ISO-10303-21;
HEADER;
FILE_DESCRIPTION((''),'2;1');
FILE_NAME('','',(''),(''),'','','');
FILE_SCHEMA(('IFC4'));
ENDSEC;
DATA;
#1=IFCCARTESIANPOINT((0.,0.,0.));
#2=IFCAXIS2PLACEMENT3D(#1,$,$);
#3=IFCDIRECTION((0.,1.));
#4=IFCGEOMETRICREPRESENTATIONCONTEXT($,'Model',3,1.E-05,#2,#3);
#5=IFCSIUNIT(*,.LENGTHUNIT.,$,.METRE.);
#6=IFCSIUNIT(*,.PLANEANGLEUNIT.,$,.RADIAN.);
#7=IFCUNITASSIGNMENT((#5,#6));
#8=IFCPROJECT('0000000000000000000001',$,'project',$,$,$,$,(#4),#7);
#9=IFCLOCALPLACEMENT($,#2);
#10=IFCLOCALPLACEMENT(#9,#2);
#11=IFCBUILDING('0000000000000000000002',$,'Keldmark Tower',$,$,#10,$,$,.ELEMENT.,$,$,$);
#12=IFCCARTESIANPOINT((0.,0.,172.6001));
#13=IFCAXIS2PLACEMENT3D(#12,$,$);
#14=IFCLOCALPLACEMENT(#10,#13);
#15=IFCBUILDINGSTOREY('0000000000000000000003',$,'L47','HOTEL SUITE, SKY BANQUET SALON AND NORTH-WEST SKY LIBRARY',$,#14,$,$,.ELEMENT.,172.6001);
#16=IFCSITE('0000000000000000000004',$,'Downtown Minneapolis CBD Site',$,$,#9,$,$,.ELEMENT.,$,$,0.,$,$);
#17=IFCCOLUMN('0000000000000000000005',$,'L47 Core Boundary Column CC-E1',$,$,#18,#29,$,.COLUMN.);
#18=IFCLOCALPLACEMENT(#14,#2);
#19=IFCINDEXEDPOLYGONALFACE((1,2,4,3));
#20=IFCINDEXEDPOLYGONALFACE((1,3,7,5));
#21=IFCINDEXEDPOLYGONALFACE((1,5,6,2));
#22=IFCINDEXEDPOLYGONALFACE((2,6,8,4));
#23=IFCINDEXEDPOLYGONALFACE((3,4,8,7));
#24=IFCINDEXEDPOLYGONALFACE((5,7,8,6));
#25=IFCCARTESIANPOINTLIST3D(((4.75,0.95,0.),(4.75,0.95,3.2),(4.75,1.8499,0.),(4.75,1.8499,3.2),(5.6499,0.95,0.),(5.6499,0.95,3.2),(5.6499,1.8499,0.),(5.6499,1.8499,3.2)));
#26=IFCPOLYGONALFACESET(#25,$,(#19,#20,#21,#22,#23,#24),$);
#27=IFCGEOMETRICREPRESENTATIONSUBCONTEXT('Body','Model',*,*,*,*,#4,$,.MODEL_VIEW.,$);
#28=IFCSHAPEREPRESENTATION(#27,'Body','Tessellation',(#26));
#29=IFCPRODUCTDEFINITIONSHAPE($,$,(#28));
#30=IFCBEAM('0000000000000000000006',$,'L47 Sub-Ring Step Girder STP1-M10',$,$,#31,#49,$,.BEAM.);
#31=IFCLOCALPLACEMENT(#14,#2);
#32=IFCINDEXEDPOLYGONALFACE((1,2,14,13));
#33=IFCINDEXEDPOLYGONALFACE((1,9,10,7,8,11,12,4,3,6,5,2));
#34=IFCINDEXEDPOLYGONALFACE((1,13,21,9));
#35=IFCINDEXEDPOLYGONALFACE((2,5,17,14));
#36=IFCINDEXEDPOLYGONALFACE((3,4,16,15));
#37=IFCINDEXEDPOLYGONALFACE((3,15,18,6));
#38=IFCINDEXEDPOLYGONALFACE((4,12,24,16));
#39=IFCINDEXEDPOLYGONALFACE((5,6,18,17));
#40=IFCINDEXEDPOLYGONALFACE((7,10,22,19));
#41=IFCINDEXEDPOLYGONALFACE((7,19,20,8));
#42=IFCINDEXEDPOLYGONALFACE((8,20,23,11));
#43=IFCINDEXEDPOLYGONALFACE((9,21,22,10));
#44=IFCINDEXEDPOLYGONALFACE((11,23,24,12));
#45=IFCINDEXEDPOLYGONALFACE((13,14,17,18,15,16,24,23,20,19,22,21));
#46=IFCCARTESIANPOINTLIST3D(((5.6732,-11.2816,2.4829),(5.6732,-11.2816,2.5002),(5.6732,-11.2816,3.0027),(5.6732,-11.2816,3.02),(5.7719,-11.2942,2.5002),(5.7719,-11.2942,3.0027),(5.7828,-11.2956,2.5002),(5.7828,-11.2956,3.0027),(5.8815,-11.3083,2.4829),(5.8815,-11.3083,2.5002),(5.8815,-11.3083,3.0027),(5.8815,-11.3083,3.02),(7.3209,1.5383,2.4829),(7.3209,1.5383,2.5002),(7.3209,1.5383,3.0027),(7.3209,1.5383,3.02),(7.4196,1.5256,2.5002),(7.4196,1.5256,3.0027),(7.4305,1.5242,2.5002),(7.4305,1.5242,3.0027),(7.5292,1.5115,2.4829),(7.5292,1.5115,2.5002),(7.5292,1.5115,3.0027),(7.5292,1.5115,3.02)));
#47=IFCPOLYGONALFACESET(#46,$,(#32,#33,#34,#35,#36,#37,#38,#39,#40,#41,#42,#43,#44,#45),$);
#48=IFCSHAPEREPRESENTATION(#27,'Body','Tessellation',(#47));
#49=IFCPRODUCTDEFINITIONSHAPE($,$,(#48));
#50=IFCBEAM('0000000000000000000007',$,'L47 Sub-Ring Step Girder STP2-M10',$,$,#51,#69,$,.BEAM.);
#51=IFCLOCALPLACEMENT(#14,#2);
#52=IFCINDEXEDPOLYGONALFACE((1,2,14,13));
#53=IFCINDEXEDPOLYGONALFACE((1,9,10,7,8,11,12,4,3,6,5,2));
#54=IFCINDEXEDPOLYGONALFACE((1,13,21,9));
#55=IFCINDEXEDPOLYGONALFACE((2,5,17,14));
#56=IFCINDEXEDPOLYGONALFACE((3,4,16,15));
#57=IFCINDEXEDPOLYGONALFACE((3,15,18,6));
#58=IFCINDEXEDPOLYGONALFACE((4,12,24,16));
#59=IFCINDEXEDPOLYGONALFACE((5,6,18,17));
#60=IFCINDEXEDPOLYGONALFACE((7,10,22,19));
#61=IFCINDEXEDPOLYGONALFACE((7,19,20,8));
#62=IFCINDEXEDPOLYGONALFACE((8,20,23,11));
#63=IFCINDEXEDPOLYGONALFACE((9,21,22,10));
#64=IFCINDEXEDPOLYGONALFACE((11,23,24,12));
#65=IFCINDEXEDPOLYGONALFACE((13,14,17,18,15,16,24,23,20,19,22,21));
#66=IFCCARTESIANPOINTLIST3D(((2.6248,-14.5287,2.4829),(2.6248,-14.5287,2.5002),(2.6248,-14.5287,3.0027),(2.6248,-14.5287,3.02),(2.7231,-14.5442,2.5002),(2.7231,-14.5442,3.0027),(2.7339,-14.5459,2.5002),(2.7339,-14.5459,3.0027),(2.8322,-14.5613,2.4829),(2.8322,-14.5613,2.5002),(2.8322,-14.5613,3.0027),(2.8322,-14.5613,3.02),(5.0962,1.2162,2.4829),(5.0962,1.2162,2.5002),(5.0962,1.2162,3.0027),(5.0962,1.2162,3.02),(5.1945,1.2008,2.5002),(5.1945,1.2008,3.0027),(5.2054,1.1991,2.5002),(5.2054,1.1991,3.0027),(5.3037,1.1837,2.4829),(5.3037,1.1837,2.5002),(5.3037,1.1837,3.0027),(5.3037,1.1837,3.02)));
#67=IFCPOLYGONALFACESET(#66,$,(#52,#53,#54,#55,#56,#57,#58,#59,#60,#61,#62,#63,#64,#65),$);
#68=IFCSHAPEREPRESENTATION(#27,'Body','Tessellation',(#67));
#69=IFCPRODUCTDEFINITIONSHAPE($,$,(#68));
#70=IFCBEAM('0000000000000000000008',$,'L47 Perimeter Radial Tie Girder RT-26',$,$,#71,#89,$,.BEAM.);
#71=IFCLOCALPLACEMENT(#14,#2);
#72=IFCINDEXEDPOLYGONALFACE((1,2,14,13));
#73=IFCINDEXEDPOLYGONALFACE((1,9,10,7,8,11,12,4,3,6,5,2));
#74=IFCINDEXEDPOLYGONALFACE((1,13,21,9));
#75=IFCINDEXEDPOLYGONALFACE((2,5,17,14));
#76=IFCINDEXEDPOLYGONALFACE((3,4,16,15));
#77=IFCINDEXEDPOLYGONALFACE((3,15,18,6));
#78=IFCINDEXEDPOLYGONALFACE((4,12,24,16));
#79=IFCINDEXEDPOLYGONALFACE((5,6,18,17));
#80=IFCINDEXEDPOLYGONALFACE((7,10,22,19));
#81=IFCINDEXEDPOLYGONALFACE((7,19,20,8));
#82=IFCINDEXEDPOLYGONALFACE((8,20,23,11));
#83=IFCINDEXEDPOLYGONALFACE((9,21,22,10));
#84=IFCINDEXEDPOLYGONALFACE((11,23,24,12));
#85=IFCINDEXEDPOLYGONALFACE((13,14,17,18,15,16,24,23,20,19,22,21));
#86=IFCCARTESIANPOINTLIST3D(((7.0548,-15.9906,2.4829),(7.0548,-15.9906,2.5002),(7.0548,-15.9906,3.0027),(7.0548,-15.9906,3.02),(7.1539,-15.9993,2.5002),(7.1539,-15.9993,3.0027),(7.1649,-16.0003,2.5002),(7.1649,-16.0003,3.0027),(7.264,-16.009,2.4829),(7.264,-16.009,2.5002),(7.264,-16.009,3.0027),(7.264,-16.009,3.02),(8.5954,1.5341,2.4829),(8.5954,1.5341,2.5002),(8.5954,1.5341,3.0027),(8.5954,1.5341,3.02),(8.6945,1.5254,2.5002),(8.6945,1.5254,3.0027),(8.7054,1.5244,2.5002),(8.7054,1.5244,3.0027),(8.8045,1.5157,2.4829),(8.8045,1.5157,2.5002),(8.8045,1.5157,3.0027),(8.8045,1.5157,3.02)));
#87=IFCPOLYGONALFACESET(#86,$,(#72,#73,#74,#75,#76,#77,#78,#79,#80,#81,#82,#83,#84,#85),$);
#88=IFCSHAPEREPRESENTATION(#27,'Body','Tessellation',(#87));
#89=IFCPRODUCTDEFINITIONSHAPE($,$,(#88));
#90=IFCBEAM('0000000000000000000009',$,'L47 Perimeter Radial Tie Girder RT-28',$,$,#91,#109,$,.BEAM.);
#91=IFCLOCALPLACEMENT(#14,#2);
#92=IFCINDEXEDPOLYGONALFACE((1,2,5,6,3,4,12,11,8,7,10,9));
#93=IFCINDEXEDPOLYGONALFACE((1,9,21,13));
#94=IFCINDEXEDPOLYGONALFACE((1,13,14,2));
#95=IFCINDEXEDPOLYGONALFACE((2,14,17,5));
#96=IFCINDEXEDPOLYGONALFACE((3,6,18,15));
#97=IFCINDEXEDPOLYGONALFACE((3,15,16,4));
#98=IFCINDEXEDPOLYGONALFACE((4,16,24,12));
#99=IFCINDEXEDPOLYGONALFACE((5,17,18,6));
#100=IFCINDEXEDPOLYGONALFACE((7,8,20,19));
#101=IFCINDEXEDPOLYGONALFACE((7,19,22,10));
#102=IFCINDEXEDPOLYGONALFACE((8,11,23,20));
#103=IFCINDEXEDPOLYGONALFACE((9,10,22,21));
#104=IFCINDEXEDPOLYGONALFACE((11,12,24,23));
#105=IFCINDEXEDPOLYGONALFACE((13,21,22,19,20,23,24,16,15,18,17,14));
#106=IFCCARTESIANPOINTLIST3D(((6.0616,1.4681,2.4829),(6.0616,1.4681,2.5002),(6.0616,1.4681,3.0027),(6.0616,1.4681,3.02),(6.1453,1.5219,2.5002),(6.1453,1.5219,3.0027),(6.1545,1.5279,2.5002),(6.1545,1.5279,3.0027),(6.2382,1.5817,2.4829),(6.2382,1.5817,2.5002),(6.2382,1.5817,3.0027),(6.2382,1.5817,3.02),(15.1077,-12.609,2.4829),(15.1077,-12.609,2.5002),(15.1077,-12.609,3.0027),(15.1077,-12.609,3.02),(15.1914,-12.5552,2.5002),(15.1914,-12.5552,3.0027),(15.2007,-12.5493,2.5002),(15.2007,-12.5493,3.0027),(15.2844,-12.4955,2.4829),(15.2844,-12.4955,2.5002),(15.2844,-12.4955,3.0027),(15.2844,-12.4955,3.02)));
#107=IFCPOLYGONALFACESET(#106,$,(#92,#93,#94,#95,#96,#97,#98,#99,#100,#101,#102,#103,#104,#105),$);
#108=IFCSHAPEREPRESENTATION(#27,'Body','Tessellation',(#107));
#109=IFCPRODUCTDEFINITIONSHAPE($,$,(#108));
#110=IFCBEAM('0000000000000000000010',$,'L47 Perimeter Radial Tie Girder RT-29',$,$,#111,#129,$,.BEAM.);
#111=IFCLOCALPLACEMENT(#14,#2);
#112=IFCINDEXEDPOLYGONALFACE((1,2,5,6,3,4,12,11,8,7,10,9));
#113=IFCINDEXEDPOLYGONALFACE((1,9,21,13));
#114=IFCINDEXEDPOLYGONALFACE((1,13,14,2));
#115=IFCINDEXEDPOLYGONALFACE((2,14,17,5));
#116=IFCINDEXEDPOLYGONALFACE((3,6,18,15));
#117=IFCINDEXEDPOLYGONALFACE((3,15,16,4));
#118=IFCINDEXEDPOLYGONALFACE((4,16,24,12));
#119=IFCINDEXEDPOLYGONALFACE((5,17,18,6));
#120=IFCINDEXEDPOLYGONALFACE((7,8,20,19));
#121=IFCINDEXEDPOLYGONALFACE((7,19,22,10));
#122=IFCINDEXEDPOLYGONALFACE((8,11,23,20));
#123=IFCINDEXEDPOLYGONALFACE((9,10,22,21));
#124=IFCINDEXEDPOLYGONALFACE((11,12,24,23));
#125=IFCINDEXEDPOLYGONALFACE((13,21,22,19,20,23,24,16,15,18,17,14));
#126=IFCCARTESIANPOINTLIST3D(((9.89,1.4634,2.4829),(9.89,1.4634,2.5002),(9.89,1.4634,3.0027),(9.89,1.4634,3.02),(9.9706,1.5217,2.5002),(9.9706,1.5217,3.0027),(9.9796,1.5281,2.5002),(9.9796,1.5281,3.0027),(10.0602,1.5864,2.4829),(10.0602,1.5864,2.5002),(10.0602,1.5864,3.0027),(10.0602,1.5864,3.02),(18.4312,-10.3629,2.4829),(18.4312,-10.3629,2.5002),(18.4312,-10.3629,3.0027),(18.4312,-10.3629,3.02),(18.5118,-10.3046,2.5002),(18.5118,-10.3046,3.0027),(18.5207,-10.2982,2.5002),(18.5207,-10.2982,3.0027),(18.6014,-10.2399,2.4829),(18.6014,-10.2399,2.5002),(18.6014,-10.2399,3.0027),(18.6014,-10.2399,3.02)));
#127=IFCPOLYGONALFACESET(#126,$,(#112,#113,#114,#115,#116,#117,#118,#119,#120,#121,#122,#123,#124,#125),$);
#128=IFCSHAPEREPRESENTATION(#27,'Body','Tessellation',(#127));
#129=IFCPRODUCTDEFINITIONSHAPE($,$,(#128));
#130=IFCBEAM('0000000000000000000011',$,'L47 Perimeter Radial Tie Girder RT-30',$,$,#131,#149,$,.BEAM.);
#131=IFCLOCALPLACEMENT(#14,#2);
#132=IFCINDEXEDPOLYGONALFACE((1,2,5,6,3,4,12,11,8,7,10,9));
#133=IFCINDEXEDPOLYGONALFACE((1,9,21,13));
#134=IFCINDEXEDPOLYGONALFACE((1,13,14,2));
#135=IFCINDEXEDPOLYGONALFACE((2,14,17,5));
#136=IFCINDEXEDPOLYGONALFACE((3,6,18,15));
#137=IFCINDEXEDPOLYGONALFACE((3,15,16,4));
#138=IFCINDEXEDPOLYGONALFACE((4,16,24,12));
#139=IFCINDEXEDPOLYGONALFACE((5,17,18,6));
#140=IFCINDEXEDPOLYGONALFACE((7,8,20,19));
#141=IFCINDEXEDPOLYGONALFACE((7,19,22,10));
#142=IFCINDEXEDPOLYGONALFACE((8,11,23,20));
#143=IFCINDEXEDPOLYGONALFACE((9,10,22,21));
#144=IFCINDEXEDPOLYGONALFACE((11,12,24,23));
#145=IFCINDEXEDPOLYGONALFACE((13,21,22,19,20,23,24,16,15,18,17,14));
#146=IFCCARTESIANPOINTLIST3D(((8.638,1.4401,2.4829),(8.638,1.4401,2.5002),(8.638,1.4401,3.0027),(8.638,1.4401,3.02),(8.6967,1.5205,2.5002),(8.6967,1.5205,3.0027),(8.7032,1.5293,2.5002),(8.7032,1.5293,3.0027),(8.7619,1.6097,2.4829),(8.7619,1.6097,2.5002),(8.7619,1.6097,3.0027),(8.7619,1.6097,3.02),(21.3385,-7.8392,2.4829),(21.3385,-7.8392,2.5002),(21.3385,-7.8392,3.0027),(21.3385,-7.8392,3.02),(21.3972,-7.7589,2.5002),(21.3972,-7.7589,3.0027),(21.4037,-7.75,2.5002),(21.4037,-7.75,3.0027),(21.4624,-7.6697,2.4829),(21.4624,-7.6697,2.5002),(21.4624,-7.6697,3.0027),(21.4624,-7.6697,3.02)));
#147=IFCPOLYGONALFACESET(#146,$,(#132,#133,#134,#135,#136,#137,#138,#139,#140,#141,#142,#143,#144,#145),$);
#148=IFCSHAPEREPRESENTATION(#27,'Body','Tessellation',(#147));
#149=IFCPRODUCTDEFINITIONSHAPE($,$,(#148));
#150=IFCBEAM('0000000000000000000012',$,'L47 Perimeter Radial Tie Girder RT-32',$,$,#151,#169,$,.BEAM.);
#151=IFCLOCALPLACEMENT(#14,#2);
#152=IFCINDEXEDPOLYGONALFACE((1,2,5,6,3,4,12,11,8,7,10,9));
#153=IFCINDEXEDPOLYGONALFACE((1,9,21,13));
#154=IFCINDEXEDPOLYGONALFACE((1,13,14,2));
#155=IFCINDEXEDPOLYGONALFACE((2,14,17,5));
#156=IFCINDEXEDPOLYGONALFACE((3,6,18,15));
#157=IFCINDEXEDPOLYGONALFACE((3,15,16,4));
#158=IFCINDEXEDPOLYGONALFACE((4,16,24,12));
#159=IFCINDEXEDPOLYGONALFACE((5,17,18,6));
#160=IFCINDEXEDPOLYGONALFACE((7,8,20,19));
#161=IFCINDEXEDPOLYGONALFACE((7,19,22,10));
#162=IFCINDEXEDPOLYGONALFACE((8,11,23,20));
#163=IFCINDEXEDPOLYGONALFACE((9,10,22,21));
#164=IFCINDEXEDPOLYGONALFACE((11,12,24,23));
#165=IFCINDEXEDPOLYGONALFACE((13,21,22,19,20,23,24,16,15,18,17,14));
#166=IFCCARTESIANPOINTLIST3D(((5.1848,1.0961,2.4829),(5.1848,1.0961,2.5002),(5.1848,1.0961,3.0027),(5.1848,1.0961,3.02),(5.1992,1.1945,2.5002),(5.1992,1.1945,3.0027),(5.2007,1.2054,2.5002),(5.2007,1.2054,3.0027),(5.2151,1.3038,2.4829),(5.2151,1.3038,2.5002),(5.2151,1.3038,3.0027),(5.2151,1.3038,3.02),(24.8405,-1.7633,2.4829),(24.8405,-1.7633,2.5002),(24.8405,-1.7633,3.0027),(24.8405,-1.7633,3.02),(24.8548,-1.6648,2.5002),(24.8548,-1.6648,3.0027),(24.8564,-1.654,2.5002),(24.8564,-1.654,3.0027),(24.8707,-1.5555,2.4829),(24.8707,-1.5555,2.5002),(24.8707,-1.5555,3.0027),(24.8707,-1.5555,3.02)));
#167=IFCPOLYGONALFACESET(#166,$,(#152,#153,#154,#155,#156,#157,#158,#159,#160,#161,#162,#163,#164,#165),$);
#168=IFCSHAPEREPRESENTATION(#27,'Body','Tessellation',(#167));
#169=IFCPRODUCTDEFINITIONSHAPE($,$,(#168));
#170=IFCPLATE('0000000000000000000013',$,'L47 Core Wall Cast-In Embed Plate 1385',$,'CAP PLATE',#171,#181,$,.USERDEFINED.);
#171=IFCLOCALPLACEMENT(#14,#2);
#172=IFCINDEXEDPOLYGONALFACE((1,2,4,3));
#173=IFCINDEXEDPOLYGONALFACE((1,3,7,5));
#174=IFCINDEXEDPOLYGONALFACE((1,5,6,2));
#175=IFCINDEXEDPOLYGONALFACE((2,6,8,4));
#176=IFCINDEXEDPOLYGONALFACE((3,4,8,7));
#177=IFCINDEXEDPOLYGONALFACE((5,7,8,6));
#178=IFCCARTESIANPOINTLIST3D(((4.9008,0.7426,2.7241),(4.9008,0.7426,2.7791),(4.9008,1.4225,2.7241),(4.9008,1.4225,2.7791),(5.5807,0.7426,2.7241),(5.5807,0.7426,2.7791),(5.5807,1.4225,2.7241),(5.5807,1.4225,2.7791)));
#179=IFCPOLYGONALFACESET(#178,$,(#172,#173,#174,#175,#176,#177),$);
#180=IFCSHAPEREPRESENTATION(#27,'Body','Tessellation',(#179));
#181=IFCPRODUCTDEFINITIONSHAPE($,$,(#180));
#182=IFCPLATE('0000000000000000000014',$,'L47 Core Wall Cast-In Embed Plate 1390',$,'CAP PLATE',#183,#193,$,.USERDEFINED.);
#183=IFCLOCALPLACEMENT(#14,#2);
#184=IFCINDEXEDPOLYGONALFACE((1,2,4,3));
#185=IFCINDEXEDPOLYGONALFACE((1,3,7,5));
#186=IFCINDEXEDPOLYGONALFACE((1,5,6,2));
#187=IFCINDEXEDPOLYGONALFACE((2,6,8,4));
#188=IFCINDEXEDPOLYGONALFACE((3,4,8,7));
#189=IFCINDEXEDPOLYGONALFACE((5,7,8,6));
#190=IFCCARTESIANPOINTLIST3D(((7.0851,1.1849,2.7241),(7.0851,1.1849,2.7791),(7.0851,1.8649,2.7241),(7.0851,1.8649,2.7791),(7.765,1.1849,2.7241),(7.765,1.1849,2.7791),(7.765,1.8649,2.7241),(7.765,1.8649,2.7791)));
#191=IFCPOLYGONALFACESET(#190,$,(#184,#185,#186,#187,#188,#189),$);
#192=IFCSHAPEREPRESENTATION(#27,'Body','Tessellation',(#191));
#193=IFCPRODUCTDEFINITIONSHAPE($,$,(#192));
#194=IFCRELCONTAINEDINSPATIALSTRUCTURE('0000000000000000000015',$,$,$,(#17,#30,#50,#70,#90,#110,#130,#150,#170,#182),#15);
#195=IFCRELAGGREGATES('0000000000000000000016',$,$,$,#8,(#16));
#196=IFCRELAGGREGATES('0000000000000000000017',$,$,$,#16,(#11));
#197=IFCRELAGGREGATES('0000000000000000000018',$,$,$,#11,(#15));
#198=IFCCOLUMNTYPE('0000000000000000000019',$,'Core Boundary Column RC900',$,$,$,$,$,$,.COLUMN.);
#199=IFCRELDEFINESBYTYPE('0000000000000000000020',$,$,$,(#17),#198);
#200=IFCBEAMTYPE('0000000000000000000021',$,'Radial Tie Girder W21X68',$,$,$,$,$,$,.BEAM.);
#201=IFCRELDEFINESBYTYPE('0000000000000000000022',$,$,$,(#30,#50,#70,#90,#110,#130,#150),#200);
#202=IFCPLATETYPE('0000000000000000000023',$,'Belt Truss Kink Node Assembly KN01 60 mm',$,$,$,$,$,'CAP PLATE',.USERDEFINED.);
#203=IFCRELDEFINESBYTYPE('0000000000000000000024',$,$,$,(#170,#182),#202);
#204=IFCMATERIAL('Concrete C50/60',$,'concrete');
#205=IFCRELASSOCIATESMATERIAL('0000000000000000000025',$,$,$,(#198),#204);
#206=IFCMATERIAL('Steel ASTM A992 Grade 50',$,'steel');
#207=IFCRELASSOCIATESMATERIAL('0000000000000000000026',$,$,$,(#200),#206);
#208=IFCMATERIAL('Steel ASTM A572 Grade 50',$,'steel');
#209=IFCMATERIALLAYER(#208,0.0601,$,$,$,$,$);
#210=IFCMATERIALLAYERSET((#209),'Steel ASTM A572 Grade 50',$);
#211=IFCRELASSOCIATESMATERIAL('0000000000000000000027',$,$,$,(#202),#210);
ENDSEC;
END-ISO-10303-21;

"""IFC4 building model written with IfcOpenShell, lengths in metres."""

from ifc_helpers import new_model, si_unit, direction, frame, origin, origin_2d, place, context, subcontext, project, spatial, rectangle, i_section, extrude, material, layer, layer_set, material_profile, profile_set, type_object, element, save


model = new_model("IFC4")

# Units and contexts
model_context = context("Model", 3, precision=1e-05, world=origin(), true_north=direction((0.0, 1.0)))
body_context = subcontext(model_context, "Body", "Model", "MODEL_VIEW")
ifc_project = project(units=[si_unit("LENGTHUNIT", "METRE"), si_unit("PLANEANGLEUNIT", "RADIAN")], contexts=[model_context])

# Site, building, storey
site_placement = place(None, origin())
site = spatial("IfcSite", under=ifc_project, at=site_placement, Name="Downtown Minneapolis CBD Site", CompositionType="ELEMENT", RefElevation=0.0)
building_placement = place(site_placement, origin())
building = spatial("IfcBuilding", under=site, at=building_placement, Name="Keldmark Tower", CompositionType="ELEMENT")
storey_placement = place(building_placement, frame((0.0, 0.0, 172.6001)))
storey = spatial("IfcBuildingStorey", under=building, at=storey_placement, Name="L47", Description="HOTEL SUITE, SKY BANQUET SALON AND NORTH-WEST SKY LIBRARY", CompositionType="ELEMENT", Elevation=172.6001)

# Column
ifc_material_1 = material(Name="Concrete C50/60", Category="concrete")
ifc_material_profile_1 = material_profile(ifc_material_1, rectangle(XDim=0.8999, YDim=0.8999, at=origin_2d()), Name="RC900X900")
ifc_profile_set_1 = profile_set([ifc_material_profile_1], Name="Concrete C50/60")
column_type = type_object("IfcColumnType", Name="Core Boundary Column RC900", PredefinedType="COLUMN", material=ifc_profile_set_1)
column_placement = place(storey_placement, frame((5.2, 1.3999, 0.0), z_axis=(0.0, 0.0, 1.0), x_axis=(1.0, 0.0, 0.0)))
element("IfcColumn", 1, at=column_placement, inside=storey, type_object=column_type, Name="L47 Core Boundary Column CC-E1", PredefinedType="COLUMN", context=body_context, shape_type="SweptSolid", body=[
    extrude(rectangle(XDim=0.8999, YDim=0.8999, at=origin_2d()), origin(), (0.0, 0.0, 1.0), 3.2),
])

# Beams
ifc_material_2 = material(Name="Steel ASTM A992 Grade 50", Category="steel")
ifc_material_profile_2 = material_profile(ifc_material_2, i_section(OverallWidth=0.21, OverallDepth=0.5371, WebThickness=0.011, FlangeThickness=0.0173, at=origin_2d()), Name="W21X68")
ifc_profile_set_2 = profile_set([ifc_material_profile_2], Name="Steel ASTM A992 Grade 50")
beam_type = type_object("IfcBeamType", Name="Radial Tie Girder W21X68", PredefinedType="BEAM", material=ifc_profile_set_2)
beam_1_placement = place(storey_placement, frame((7.425, 1.5249, 2.7515), z_axis=(-0.127479, -0.991841, 0.0), x_axis=(0.991841, -0.127479, 0.0)))
element("IfcBeam", 2, at=beam_1_placement, inside=storey, type_object=beam_type, Name="L47 Sub-Ring Step Girder STP1-M10", PredefinedType="BEAM", context=body_context, shape_type="SweptSolid", body=[
    extrude(i_section(OverallWidth=0.21, OverallDepth=0.5371, WebThickness=0.011, FlangeThickness=0.0173, at=origin_2d()), origin(), (0.0, 0.0, 1.0), 12.9253),
])
beam_2_placement = place(storey_placement, frame((5.2, 1.2, 2.7515), z_axis=(-0.155069, -0.987904, 0.0), x_axis=(0.987904, -0.155069, 0.0)))
element("IfcBeam", 3, at=beam_2_placement, inside=storey, type_object=beam_type, Name="L47 Sub-Ring Step Girder STP2-M10", PredefinedType="BEAM", context=body_context, shape_type="SweptSolid", body=[
    extrude(i_section(OverallWidth=0.21, OverallDepth=0.5371, WebThickness=0.011, FlangeThickness=0.0173, at=origin_2d()), origin(), (0.0, 0.0, 1.0), 15.9377),
])
beam_3_placement = place(storey_placement, frame((8.7, 1.5249, 2.7515), z_axis=(-0.087569, -0.996158, 0.0), x_axis=(0.996158, -0.087569, 0.0)))
element("IfcBeam", 4, at=beam_3_placement, inside=storey, type_object=beam_type, Name="L47 Perimeter Radial Tie Girder RT-26", PredefinedType="BEAM", context=body_context, shape_type="SweptSolid", body=[
    extrude(i_section(OverallWidth=0.21, OverallDepth=0.5371, WebThickness=0.011, FlangeThickness=0.0173, at=origin_2d()), origin(), (0.0, 0.0, 1.0), 17.5923),
])
beam_4_placement = place(storey_placement, frame((6.1499, 1.5249, 2.7515), z_axis=(0.540612, -0.841272, 0.0), x_axis=(0.841272, 0.540612, 0.0)))
element("IfcBeam", 5, at=beam_4_placement, inside=storey, type_object=beam_type, Name="L47 Perimeter Radial Tie Girder RT-28", PredefinedType="BEAM", context=body_context, shape_type="SweptSolid", body=[
    extrude(i_section(OverallWidth=0.21, OverallDepth=0.5371, WebThickness=0.011, FlangeThickness=0.0173, at=origin_2d()), origin(), (0.0, 0.0, 1.0), 16.7332),
])
beam_5_placement = place(storey_placement, frame((9.9751, 1.5249, 2.7515), z_axis=(0.585489, -0.810681, 0.0), x_axis=(0.810681, 0.585489, 0.0)))
element("IfcBeam", 6, at=beam_5_placement, inside=storey, type_object=beam_type, Name="L47 Perimeter Radial Tie Girder RT-29", PredefinedType="BEAM", context=body_context, shape_type="SweptSolid", body=[
    extrude(i_section(OverallWidth=0.21, OverallDepth=0.5371, WebThickness=0.011, FlangeThickness=0.0173, at=origin_2d()), origin(), (0.0, 0.0, 1.0), 14.5881),
])
beam_6_placement = place(storey_placement, frame((8.7, 1.5249, 2.7515), z_axis=(0.807445, -0.589942, 0.0), x_axis=(0.589942, 0.807445, 0.0)))
element("IfcBeam", 7, at=beam_6_placement, inside=storey, type_object=beam_type, Name="L47 Perimeter Radial Tie Girder RT-30", PredefinedType="BEAM", context=body_context, shape_type="SweptSolid", body=[
    extrude(i_section(OverallWidth=0.21, OverallDepth=0.5371, WebThickness=0.011, FlangeThickness=0.0173, at=origin_2d()), origin(), (0.0, 0.0, 1.0), 15.7292),
])
beam_7_placement = place(storey_placement, frame((5.2, 1.2, 2.7515), z_axis=(0.989584, -0.143957, 0.0), x_axis=(0.143957, 0.989584, 0.0)))
element("IfcBeam", 8, at=beam_7_placement, inside=storey, type_object=beam_type, Name="L47 Perimeter Radial Tie Girder RT-32", PredefinedType="BEAM", context=body_context, shape_type="SweptSolid", body=[
    extrude(i_section(OverallWidth=0.21, OverallDepth=0.5371, WebThickness=0.011, FlangeThickness=0.0173, at=origin_2d()), origin(), (0.0, 0.0, 1.0), 19.8625),
])

# Plates
ifc_material_3 = material(Name="Steel ASTM A572 Grade 50", Category="steel")
ifc_layer_1 = layer(ifc_material_3, 0.0601)
ifc_layer_set_1 = layer_set([ifc_layer_1], Name="Steel ASTM A572 Grade 50")
plate_type = type_object("IfcPlateType", Name="Belt Truss Kink Node Assembly KN01 60 mm", ElementType="CAP PLATE", PredefinedType="USERDEFINED", material=ifc_layer_set_1)
for number, where, z_axis, x_axis, name in (
    (9, (5.2407, 1.0825, 2.7241), (0.0, 0.0, 1.0), (1.0, 0.0, 0.0), "L47 Core Wall Cast-In Embed Plate 1385"),
    (10, (7.425, 1.5249, 2.7241), (0.0, 0.0, 1.0), (1.0, 0.0, 0.0), "L47 Core Wall Cast-In Embed Plate 1390"),
):
    element("IfcPlate", number, at=place(storey_placement, frame(where, z_axis=z_axis, x_axis=x_axis)), inside=storey, type_object=plate_type, Name=name, ObjectType="CAP PLATE", PredefinedType="USERDEFINED", context=body_context, shape_type="SweptSolid", body=[
        extrude(rectangle(XDim=0.6799, YDim=0.6799, at=origin_2d()), origin(), (0.0, 0.0, 1.0), 0.0549),
    ])

save(model, "model.ifc")
